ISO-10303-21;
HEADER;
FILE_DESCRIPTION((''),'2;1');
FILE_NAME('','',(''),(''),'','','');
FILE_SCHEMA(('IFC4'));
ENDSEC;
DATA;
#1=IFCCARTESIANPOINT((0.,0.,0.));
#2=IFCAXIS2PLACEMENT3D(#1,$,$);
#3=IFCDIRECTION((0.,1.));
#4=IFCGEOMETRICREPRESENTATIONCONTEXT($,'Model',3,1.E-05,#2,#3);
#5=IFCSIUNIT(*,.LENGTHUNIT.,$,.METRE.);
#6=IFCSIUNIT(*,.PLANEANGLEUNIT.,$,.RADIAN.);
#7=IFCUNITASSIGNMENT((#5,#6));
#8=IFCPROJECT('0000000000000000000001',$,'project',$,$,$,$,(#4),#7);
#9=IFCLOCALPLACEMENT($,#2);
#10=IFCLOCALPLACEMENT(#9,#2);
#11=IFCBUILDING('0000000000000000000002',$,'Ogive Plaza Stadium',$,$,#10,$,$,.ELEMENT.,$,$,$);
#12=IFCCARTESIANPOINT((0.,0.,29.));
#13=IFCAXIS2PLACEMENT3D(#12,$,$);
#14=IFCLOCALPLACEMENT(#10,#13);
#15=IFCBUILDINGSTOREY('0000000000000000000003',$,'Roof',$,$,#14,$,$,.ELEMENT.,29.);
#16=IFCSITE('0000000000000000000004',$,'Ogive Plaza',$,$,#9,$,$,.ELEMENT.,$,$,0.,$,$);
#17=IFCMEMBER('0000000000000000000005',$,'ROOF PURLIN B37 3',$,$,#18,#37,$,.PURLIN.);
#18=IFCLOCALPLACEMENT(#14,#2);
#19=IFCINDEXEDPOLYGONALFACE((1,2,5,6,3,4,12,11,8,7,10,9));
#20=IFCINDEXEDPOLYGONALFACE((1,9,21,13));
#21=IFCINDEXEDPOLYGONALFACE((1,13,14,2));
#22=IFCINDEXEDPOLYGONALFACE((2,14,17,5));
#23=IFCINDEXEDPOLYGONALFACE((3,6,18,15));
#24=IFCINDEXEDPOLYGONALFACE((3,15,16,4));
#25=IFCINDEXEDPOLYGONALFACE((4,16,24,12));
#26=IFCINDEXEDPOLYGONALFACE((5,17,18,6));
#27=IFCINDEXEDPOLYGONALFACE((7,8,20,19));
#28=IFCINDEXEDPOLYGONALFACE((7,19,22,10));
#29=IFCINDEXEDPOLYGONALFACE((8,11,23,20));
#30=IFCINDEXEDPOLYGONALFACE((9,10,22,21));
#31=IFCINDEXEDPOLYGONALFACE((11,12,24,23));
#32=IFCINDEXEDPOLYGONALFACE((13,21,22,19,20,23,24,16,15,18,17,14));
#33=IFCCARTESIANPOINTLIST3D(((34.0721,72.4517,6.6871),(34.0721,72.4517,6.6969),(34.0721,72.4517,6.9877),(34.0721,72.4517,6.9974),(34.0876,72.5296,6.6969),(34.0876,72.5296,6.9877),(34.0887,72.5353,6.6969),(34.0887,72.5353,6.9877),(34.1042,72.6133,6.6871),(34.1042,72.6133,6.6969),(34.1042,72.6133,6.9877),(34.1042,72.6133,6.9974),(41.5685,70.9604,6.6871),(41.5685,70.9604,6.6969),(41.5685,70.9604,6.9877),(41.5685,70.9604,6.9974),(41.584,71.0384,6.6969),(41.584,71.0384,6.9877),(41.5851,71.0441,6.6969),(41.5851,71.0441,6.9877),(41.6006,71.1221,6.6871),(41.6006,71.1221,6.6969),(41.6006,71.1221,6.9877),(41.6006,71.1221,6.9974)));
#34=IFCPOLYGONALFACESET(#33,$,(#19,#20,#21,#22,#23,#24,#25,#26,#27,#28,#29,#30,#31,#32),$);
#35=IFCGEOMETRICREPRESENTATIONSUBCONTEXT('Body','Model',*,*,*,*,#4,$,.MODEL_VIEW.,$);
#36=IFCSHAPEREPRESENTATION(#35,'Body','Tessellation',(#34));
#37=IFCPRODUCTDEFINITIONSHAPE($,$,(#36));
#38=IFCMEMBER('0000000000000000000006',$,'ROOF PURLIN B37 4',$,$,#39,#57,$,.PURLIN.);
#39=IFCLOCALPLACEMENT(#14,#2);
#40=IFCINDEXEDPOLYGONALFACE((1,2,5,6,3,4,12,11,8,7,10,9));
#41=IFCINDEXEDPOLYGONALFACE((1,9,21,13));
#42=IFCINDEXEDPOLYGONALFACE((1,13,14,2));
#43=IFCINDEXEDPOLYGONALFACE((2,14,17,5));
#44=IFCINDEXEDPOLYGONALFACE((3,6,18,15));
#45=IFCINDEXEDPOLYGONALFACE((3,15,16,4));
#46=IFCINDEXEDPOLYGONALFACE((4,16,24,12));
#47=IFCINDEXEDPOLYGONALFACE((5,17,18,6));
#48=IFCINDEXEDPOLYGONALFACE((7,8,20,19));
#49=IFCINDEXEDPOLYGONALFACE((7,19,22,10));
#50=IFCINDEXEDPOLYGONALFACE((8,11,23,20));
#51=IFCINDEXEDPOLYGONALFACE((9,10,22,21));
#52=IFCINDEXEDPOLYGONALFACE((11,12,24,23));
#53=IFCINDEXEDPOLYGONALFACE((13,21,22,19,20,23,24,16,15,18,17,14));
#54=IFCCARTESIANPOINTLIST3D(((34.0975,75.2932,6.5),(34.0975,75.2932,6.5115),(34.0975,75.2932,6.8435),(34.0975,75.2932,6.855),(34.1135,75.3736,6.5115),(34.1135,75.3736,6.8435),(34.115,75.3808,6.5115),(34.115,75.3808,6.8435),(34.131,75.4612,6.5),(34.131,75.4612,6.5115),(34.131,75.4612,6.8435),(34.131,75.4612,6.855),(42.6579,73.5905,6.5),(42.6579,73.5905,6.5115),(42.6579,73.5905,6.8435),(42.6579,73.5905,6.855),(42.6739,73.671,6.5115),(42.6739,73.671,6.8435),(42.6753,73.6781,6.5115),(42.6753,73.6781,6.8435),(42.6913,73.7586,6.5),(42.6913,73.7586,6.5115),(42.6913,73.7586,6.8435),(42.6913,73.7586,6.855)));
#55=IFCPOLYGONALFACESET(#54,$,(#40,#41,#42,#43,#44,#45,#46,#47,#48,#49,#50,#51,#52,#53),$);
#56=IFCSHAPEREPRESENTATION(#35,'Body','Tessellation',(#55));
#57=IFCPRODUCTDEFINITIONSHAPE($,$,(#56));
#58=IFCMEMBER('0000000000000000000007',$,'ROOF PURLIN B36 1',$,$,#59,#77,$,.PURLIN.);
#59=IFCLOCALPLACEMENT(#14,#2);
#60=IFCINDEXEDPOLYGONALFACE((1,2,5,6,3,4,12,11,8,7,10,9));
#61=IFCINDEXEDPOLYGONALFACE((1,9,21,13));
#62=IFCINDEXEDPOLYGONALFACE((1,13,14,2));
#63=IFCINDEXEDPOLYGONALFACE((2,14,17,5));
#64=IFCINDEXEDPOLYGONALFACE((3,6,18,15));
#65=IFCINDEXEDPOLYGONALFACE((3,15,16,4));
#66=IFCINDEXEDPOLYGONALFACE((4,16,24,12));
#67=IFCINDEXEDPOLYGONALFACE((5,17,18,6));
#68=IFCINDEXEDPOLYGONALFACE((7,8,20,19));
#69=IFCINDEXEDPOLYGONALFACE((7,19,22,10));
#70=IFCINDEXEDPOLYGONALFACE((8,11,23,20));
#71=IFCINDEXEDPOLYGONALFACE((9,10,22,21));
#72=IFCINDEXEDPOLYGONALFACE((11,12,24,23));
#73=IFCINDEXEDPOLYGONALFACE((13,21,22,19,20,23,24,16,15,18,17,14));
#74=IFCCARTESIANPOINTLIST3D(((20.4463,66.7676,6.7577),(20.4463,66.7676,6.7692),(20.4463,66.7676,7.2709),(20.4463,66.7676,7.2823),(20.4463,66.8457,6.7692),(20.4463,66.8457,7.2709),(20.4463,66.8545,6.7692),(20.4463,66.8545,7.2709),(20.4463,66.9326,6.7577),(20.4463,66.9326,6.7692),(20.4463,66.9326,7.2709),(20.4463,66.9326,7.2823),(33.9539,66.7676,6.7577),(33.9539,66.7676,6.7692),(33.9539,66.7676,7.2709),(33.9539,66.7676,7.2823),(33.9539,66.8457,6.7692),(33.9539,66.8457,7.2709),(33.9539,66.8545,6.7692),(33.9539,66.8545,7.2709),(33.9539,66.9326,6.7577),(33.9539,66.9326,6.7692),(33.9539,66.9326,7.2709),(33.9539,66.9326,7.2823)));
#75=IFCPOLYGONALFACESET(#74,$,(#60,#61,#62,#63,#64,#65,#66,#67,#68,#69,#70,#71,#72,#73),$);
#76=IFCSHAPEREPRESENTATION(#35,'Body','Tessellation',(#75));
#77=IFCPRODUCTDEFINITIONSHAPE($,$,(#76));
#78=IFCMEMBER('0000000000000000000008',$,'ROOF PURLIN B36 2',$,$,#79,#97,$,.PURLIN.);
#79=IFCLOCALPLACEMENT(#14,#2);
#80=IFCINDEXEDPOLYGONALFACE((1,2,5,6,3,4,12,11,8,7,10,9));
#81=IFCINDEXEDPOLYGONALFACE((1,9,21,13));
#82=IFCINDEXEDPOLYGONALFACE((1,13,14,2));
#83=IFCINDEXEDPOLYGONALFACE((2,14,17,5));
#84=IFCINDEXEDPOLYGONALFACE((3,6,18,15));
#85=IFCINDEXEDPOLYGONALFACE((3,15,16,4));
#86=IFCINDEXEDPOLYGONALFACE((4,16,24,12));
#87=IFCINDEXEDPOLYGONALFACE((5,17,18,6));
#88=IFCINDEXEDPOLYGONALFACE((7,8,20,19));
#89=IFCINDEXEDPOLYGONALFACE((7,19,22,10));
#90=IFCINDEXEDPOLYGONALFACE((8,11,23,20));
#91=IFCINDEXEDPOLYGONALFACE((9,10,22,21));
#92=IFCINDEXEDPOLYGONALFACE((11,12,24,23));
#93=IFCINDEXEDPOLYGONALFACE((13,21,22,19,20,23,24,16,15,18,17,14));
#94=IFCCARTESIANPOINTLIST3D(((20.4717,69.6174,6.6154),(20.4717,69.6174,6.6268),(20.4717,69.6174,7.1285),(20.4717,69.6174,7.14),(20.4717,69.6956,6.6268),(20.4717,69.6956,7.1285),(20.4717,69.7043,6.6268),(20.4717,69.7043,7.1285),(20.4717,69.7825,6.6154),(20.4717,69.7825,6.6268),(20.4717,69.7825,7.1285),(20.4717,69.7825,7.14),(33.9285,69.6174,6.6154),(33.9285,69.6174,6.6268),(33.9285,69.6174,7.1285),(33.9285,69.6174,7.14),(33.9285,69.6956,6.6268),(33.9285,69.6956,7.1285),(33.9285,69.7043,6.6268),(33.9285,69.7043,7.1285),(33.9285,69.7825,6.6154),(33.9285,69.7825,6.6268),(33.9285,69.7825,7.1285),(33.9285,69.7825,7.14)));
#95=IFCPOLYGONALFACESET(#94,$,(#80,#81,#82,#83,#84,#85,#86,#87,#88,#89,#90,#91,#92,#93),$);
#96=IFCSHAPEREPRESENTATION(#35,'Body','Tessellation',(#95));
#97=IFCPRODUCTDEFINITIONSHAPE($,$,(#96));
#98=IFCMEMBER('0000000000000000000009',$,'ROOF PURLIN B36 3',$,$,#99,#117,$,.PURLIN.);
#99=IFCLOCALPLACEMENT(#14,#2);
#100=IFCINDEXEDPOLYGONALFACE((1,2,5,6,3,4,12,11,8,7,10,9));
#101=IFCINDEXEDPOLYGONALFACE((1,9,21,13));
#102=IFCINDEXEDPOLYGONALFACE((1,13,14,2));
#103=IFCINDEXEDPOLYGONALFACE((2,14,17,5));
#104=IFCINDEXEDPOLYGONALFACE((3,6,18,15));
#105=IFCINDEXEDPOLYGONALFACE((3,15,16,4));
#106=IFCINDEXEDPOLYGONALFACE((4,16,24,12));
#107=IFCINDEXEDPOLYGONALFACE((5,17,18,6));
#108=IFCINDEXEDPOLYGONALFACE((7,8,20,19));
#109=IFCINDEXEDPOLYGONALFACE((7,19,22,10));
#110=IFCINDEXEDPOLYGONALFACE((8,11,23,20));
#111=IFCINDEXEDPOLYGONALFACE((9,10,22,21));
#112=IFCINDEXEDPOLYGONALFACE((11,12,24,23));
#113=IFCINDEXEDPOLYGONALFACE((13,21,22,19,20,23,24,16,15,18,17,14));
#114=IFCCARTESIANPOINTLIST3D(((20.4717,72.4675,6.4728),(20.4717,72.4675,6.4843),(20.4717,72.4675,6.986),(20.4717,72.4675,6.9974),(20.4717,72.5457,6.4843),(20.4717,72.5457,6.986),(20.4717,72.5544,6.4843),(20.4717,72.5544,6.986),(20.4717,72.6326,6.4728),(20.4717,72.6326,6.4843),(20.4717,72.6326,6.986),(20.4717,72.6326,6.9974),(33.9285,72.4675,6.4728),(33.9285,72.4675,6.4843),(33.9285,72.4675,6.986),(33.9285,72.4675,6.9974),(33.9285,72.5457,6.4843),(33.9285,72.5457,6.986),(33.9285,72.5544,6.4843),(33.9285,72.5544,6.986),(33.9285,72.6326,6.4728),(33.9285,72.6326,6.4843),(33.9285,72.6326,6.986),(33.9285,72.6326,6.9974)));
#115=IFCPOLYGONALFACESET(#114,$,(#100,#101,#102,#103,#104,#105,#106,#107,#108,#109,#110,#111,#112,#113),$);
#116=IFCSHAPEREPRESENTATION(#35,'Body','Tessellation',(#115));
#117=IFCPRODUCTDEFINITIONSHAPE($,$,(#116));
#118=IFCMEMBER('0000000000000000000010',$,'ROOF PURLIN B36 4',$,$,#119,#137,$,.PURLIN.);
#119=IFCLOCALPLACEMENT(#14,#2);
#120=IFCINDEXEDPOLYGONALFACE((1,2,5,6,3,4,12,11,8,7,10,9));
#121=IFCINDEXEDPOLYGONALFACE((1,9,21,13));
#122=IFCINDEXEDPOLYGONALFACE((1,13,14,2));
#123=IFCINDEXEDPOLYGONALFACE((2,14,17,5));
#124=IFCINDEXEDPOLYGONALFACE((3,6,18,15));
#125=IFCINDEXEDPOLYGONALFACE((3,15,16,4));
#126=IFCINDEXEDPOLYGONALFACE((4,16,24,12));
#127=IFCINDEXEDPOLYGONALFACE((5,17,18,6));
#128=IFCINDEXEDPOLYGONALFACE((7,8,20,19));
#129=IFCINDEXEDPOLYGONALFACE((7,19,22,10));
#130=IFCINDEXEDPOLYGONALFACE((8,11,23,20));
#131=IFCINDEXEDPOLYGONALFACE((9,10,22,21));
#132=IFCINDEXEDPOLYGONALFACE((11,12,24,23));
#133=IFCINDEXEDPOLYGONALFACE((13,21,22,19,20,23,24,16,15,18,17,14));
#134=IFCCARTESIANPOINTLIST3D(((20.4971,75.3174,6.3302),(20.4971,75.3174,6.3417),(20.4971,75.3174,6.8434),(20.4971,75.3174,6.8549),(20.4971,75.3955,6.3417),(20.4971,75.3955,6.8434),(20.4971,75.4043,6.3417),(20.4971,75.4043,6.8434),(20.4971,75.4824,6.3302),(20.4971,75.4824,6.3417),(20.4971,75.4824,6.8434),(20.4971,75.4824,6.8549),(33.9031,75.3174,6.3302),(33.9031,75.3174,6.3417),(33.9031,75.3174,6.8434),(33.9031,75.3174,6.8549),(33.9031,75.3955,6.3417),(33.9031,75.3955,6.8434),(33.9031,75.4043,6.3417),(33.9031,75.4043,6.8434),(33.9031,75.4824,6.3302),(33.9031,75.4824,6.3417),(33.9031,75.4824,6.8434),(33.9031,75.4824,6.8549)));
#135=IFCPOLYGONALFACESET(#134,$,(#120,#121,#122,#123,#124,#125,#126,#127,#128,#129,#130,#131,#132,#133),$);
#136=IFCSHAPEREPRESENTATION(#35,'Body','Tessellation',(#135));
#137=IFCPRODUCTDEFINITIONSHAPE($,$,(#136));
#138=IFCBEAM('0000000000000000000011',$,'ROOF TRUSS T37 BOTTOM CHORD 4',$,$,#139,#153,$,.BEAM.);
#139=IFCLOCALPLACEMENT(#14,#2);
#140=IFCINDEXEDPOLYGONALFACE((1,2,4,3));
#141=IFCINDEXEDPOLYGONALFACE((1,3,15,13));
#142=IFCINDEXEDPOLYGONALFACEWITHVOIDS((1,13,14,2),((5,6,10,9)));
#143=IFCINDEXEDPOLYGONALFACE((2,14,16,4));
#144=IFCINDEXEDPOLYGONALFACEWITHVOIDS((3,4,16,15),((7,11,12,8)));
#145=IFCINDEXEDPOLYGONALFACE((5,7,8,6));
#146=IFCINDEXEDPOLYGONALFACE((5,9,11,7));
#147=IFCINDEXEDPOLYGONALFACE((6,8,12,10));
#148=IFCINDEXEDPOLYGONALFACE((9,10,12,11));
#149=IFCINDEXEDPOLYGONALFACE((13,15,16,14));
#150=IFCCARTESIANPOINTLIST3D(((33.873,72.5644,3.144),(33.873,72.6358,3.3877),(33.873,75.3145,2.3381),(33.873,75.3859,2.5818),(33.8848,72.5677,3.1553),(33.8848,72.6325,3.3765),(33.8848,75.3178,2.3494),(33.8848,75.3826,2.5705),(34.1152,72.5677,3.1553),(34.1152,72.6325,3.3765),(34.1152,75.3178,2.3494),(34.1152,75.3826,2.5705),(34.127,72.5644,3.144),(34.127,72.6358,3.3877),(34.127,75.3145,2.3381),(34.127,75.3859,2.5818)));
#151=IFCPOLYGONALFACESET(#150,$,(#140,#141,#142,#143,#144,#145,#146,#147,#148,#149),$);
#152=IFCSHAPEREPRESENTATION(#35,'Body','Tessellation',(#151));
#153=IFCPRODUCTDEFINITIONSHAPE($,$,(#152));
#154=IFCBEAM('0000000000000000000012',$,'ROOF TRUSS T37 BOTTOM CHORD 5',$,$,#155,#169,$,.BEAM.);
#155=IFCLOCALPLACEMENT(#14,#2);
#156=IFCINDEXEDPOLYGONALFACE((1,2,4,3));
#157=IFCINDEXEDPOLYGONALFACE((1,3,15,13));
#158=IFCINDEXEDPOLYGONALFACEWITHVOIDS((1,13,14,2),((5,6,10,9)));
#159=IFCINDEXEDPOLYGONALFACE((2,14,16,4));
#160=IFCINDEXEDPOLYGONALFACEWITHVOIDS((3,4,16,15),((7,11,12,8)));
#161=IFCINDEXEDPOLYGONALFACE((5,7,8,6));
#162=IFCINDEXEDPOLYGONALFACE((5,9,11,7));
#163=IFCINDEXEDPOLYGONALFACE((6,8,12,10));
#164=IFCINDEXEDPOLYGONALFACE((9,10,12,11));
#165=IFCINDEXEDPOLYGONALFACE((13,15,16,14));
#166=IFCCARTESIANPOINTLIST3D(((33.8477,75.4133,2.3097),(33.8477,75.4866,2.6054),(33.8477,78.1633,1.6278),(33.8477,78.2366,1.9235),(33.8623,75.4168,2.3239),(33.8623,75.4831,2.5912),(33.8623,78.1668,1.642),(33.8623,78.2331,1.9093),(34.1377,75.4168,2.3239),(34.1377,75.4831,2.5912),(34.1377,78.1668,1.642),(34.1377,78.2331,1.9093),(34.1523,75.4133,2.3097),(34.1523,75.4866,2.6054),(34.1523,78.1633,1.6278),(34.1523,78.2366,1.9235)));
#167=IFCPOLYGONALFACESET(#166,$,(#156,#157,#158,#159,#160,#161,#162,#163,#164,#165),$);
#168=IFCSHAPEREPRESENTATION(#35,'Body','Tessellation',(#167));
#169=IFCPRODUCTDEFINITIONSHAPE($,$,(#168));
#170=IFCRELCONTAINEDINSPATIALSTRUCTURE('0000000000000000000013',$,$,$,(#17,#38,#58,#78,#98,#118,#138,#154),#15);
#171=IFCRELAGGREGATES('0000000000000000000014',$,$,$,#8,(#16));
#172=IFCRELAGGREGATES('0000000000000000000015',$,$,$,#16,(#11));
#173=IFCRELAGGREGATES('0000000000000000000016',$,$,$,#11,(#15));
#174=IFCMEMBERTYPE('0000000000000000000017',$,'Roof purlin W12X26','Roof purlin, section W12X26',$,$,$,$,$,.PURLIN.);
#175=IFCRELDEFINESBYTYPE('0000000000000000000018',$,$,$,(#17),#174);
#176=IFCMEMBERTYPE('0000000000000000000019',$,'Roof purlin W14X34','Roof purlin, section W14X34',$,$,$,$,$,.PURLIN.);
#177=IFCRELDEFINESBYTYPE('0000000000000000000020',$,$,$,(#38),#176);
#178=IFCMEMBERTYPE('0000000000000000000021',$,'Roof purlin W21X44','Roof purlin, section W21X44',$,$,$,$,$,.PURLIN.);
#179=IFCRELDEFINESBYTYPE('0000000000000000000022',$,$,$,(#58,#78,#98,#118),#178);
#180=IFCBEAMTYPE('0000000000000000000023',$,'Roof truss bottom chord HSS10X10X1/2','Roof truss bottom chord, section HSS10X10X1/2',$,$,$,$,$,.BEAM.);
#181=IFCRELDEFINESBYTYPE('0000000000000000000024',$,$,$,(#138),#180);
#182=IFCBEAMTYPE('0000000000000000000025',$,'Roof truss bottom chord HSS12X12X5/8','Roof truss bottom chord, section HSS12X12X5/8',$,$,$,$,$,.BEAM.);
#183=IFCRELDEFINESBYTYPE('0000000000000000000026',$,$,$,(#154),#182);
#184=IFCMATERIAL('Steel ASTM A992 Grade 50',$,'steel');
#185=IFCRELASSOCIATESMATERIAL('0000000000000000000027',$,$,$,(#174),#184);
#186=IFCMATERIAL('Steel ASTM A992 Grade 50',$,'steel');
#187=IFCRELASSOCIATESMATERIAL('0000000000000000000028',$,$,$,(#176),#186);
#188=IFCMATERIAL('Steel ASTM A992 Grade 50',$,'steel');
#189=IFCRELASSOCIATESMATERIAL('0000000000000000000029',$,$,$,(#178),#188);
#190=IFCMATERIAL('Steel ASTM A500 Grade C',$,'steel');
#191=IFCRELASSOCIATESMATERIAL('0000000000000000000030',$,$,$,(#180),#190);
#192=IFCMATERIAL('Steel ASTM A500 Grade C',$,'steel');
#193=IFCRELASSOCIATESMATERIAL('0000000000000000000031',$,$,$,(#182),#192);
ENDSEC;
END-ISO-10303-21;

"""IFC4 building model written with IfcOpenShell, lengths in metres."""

from ifc_helpers import new_model, si_unit, direction, frame, origin, origin_2d, place, context, subcontext, project, spatial, hollow_rectangle, i_section, extrude, material, material_profile, profile_set, type_object, element, save


model = new_model("IFC4")

# Units and contexts
model_context = context("Model", 3, precision=1e-05, world=origin(), true_north=direction((0.0, 1.0)))
body_context = subcontext(model_context, "Body", "Model", "MODEL_VIEW")
ifc_project = project(units=[si_unit("LENGTHUNIT", "METRE"), si_unit("PLANEANGLEUNIT", "RADIAN")], contexts=[model_context])

# Site, building, storey
site_placement = place(None, origin())
site = spatial("IfcSite", under=ifc_project, at=site_placement, Name="Ogive Plaza", CompositionType="ELEMENT", RefElevation=0.0)
building_placement = place(site_placement, origin())
building = spatial("IfcBuilding", under=site, at=building_placement, Name="Ogive Plaza Stadium", CompositionType="ELEMENT")
storey_placement = place(building_placement, frame((0.0, 0.0, 29.0)))
storey = spatial("IfcBuildingStorey", under=building, at=storey_placement, Name="Roof", CompositionType="ELEMENT", Elevation=29.0)

# Members
ifc_material_1 = material(Name="Steel ASTM A992 Grade 50", Category="steel")
ifc_material_profile_1 = material_profile(ifc_material_1, i_section(OverallWidth=0.1648, OverallDepth=0.3103, WebThickness=0.0059, FlangeThickness=0.0098, at=origin_2d()), Name="W12X26")
ifc_profile_set_1 = profile_set([ifc_material_profile_1], Name="Steel ASTM A992 Grade 50")
member_type_1 = type_object("IfcMemberType", Name="Roof purlin W12X26", Description="Roof purlin, section W12X26", PredefinedType="PURLIN", material=ifc_profile_set_1)
member_1_placement = place(storey_placement, frame((34.0881, 72.5325, 6.8423), z_axis=(0.980783, -0.195102, 0.0), x_axis=(0.195102, 0.980783, 0.0)))
element("IfcMember", 1, at=member_1_placement, inside=storey, type_object=member_type_1, Name="ROOF PURLIN B37 3", PredefinedType="PURLIN", context=body_context, shape_type="SweptSolid", body=[
    extrude(i_section(OverallWidth=0.1648, OverallDepth=0.3103, WebThickness=0.0059, FlangeThickness=0.0098, at=origin_2d()), origin(), (0.0, 0.0, 1.0), 7.6433),
])
ifc_material_2 = material(Name="Steel ASTM A992 Grade 50", Category="steel")
ifc_material_profile_2 = material_profile(ifc_material_2, i_section(OverallWidth=0.1714, OverallDepth=0.355, WebThickness=0.0073, FlangeThickness=0.0115, at=origin_2d()), Name="W14X34")
ifc_profile_set_2 = profile_set([ifc_material_profile_2], Name="Steel ASTM A992 Grade 50")
member_type_2 = type_object("IfcMemberType", Name="Roof purlin W14X34", Description="Roof purlin, section W14X34", PredefinedType="PURLIN", material=ifc_profile_set_2)
member_2_placement = place(storey_placement, frame((34.1143, 75.3772, 6.6775), z_axis=(0.980788, -0.195078, 0.0), x_axis=(0.195078, 0.980788, 0.0)))
element("IfcMember", 2, at=member_2_placement, inside=storey, type_object=member_type_2, Name="ROOF PURLIN B37 4", PredefinedType="PURLIN", context=body_context, shape_type="SweptSolid", body=[
    extrude(i_section(OverallWidth=0.1714, OverallDepth=0.355, WebThickness=0.0073, FlangeThickness=0.0115, at=origin_2d()), origin(), (0.0, 0.0, 1.0), 8.728),
])
ifc_material_3 = material(Name="Steel ASTM A992 Grade 50", Category="steel")
ifc_material_profile_3 = material_profile(ifc_material_3, i_section(OverallWidth=0.165, OverallDepth=0.5247, WebThickness=0.0088, FlangeThickness=0.0115, at=origin_2d()), Name="W21X44")
ifc_profile_set_3 = profile_set([ifc_material_profile_3], Name="Steel ASTM A992 Grade 50")
member_type_3 = type_object("IfcMemberType", Name="Roof purlin W21X44", Description="Roof purlin, section W21X44", PredefinedType="PURLIN", material=ifc_profile_set_3)
member_3_placement = place(storey_placement, frame((20.4463, 66.8501, 7.02), z_axis=(1.0, 0.0, 0.0), x_axis=(0.0, 1.0, 0.0)))
element("IfcMember", 3, at=member_3_placement, inside=storey, type_object=member_type_3, Name="ROOF PURLIN B36 1", PredefinedType="PURLIN", context=body_context, shape_type="SweptSolid", body=[
    extrude(i_section(OverallWidth=0.165, OverallDepth=0.5247, WebThickness=0.0088, FlangeThickness=0.0115, at=origin_2d()), origin(), (0.0, 0.0, 1.0), 13.5076),
])
for number, where, z_axis, x_axis, name in (
    (4, (20.4717, 69.7, 6.8777), (1.0, 0.0, 0.0), (0.0, 1.0, 0.0), "ROOF PURLIN B36 2"),
    (5, (20.4717, 72.55, 6.7351), (1.0, 0.0, 0.0), (0.0, 1.0, 0.0), "ROOF PURLIN B36 3"),
):
    element("IfcMember", number, at=place(storey_placement, frame(where, z_axis=z_axis, x_axis=x_axis)), inside=storey, type_object=member_type_3, Name=name, PredefinedType="PURLIN", context=body_context, shape_type="SweptSolid", body=[
        extrude(i_section(OverallWidth=0.165, OverallDepth=0.5247, WebThickness=0.0088, FlangeThickness=0.0115, at=origin_2d()), origin(), (0.0, 0.0, 1.0), 13.4568),
    ])
member_4_placement = place(storey_placement, frame((20.4971, 75.3999, 6.5925), z_axis=(1.0, 0.0, 0.0), x_axis=(0.0, 1.0, 0.0)))
element("IfcMember", 6, at=member_4_placement, inside=storey, type_object=member_type_3, Name="ROOF PURLIN B36 4", PredefinedType="PURLIN", context=body_context, shape_type="SweptSolid", body=[
    extrude(i_section(OverallWidth=0.165, OverallDepth=0.5247, WebThickness=0.0088, FlangeThickness=0.0115, at=origin_2d()), origin(), (0.0, 0.0, 1.0), 13.406),
])

# Beams
ifc_material_4 = material(Name="Steel ASTM A500 Grade C", Category="steel")
ifc_material_profile_4 = material_profile(ifc_material_4, hollow_rectangle(XDim=0.2539, YDim=0.2539, WallThickness=0.0117, at=origin_2d()), Name="HSS10X10X1/2")
ifc_profile_set_4 = profile_set([ifc_material_profile_4], Name="Steel ASTM A500 Grade C")
beam_type_1 = type_object("IfcBeamType", Name="Roof truss bottom chord HSS10X10X1/2", Description="Roof truss bottom chord, section HSS10X10X1/2", PredefinedType="BEAM", material=ifc_profile_set_4)
beam_1_placement = place(storey_placement, frame((34.0, 72.6001, 3.2659), z_axis=(0.0, 0.95964, -0.28123), x_axis=(-1.0, 0.0, 0.0)))
element("IfcBeam", 7, at=beam_1_placement, inside=storey, type_object=beam_type_1, Name="ROOF TRUSS T37 BOTTOM CHORD 4", PredefinedType="BEAM", context=body_context, shape_type="SweptSolid", body=[
    extrude(hollow_rectangle(XDim=0.2539, YDim=0.2539, WallThickness=0.0117, at=origin_2d()), origin(), (0.0, 0.0, 1.0), 2.8657),
])
ifc_material_5 = material(Name="Steel ASTM A500 Grade C", Category="steel")
ifc_material_profile_5 = material_profile(ifc_material_5, hollow_rectangle(XDim=0.3047, YDim=0.3047, WallThickness=0.0146, at=origin_2d()), Name="HSS12X12X5/8")
ifc_profile_set_5 = profile_set([ifc_material_profile_5], Name="Steel ASTM A500 Grade C")
beam_type_2 = type_object("IfcBeamType", Name="Roof truss bottom chord HSS12X12X5/8", Description="Roof truss bottom chord, section HSS12X12X5/8", PredefinedType="BEAM", material=ifc_profile_set_5)
beam_2_placement = place(storey_placement, frame((34.0, 75.45, 2.4575), z_axis=(0.0, 0.970607, -0.24067), x_axis=(-1.0, 0.0, 0.0)))
element("IfcBeam", 8, at=beam_2_placement, inside=storey, type_object=beam_type_2, Name="ROOF TRUSS T37 BOTTOM CHORD 5", PredefinedType="BEAM", context=body_context, shape_type="SweptSolid", body=[
    extrude(hollow_rectangle(XDim=0.3047, YDim=0.3047, WallThickness=0.0146, at=origin_2d()), origin(), (0.0, 0.0, 1.0), 2.8333),
])

save(model, "model.ifc")
